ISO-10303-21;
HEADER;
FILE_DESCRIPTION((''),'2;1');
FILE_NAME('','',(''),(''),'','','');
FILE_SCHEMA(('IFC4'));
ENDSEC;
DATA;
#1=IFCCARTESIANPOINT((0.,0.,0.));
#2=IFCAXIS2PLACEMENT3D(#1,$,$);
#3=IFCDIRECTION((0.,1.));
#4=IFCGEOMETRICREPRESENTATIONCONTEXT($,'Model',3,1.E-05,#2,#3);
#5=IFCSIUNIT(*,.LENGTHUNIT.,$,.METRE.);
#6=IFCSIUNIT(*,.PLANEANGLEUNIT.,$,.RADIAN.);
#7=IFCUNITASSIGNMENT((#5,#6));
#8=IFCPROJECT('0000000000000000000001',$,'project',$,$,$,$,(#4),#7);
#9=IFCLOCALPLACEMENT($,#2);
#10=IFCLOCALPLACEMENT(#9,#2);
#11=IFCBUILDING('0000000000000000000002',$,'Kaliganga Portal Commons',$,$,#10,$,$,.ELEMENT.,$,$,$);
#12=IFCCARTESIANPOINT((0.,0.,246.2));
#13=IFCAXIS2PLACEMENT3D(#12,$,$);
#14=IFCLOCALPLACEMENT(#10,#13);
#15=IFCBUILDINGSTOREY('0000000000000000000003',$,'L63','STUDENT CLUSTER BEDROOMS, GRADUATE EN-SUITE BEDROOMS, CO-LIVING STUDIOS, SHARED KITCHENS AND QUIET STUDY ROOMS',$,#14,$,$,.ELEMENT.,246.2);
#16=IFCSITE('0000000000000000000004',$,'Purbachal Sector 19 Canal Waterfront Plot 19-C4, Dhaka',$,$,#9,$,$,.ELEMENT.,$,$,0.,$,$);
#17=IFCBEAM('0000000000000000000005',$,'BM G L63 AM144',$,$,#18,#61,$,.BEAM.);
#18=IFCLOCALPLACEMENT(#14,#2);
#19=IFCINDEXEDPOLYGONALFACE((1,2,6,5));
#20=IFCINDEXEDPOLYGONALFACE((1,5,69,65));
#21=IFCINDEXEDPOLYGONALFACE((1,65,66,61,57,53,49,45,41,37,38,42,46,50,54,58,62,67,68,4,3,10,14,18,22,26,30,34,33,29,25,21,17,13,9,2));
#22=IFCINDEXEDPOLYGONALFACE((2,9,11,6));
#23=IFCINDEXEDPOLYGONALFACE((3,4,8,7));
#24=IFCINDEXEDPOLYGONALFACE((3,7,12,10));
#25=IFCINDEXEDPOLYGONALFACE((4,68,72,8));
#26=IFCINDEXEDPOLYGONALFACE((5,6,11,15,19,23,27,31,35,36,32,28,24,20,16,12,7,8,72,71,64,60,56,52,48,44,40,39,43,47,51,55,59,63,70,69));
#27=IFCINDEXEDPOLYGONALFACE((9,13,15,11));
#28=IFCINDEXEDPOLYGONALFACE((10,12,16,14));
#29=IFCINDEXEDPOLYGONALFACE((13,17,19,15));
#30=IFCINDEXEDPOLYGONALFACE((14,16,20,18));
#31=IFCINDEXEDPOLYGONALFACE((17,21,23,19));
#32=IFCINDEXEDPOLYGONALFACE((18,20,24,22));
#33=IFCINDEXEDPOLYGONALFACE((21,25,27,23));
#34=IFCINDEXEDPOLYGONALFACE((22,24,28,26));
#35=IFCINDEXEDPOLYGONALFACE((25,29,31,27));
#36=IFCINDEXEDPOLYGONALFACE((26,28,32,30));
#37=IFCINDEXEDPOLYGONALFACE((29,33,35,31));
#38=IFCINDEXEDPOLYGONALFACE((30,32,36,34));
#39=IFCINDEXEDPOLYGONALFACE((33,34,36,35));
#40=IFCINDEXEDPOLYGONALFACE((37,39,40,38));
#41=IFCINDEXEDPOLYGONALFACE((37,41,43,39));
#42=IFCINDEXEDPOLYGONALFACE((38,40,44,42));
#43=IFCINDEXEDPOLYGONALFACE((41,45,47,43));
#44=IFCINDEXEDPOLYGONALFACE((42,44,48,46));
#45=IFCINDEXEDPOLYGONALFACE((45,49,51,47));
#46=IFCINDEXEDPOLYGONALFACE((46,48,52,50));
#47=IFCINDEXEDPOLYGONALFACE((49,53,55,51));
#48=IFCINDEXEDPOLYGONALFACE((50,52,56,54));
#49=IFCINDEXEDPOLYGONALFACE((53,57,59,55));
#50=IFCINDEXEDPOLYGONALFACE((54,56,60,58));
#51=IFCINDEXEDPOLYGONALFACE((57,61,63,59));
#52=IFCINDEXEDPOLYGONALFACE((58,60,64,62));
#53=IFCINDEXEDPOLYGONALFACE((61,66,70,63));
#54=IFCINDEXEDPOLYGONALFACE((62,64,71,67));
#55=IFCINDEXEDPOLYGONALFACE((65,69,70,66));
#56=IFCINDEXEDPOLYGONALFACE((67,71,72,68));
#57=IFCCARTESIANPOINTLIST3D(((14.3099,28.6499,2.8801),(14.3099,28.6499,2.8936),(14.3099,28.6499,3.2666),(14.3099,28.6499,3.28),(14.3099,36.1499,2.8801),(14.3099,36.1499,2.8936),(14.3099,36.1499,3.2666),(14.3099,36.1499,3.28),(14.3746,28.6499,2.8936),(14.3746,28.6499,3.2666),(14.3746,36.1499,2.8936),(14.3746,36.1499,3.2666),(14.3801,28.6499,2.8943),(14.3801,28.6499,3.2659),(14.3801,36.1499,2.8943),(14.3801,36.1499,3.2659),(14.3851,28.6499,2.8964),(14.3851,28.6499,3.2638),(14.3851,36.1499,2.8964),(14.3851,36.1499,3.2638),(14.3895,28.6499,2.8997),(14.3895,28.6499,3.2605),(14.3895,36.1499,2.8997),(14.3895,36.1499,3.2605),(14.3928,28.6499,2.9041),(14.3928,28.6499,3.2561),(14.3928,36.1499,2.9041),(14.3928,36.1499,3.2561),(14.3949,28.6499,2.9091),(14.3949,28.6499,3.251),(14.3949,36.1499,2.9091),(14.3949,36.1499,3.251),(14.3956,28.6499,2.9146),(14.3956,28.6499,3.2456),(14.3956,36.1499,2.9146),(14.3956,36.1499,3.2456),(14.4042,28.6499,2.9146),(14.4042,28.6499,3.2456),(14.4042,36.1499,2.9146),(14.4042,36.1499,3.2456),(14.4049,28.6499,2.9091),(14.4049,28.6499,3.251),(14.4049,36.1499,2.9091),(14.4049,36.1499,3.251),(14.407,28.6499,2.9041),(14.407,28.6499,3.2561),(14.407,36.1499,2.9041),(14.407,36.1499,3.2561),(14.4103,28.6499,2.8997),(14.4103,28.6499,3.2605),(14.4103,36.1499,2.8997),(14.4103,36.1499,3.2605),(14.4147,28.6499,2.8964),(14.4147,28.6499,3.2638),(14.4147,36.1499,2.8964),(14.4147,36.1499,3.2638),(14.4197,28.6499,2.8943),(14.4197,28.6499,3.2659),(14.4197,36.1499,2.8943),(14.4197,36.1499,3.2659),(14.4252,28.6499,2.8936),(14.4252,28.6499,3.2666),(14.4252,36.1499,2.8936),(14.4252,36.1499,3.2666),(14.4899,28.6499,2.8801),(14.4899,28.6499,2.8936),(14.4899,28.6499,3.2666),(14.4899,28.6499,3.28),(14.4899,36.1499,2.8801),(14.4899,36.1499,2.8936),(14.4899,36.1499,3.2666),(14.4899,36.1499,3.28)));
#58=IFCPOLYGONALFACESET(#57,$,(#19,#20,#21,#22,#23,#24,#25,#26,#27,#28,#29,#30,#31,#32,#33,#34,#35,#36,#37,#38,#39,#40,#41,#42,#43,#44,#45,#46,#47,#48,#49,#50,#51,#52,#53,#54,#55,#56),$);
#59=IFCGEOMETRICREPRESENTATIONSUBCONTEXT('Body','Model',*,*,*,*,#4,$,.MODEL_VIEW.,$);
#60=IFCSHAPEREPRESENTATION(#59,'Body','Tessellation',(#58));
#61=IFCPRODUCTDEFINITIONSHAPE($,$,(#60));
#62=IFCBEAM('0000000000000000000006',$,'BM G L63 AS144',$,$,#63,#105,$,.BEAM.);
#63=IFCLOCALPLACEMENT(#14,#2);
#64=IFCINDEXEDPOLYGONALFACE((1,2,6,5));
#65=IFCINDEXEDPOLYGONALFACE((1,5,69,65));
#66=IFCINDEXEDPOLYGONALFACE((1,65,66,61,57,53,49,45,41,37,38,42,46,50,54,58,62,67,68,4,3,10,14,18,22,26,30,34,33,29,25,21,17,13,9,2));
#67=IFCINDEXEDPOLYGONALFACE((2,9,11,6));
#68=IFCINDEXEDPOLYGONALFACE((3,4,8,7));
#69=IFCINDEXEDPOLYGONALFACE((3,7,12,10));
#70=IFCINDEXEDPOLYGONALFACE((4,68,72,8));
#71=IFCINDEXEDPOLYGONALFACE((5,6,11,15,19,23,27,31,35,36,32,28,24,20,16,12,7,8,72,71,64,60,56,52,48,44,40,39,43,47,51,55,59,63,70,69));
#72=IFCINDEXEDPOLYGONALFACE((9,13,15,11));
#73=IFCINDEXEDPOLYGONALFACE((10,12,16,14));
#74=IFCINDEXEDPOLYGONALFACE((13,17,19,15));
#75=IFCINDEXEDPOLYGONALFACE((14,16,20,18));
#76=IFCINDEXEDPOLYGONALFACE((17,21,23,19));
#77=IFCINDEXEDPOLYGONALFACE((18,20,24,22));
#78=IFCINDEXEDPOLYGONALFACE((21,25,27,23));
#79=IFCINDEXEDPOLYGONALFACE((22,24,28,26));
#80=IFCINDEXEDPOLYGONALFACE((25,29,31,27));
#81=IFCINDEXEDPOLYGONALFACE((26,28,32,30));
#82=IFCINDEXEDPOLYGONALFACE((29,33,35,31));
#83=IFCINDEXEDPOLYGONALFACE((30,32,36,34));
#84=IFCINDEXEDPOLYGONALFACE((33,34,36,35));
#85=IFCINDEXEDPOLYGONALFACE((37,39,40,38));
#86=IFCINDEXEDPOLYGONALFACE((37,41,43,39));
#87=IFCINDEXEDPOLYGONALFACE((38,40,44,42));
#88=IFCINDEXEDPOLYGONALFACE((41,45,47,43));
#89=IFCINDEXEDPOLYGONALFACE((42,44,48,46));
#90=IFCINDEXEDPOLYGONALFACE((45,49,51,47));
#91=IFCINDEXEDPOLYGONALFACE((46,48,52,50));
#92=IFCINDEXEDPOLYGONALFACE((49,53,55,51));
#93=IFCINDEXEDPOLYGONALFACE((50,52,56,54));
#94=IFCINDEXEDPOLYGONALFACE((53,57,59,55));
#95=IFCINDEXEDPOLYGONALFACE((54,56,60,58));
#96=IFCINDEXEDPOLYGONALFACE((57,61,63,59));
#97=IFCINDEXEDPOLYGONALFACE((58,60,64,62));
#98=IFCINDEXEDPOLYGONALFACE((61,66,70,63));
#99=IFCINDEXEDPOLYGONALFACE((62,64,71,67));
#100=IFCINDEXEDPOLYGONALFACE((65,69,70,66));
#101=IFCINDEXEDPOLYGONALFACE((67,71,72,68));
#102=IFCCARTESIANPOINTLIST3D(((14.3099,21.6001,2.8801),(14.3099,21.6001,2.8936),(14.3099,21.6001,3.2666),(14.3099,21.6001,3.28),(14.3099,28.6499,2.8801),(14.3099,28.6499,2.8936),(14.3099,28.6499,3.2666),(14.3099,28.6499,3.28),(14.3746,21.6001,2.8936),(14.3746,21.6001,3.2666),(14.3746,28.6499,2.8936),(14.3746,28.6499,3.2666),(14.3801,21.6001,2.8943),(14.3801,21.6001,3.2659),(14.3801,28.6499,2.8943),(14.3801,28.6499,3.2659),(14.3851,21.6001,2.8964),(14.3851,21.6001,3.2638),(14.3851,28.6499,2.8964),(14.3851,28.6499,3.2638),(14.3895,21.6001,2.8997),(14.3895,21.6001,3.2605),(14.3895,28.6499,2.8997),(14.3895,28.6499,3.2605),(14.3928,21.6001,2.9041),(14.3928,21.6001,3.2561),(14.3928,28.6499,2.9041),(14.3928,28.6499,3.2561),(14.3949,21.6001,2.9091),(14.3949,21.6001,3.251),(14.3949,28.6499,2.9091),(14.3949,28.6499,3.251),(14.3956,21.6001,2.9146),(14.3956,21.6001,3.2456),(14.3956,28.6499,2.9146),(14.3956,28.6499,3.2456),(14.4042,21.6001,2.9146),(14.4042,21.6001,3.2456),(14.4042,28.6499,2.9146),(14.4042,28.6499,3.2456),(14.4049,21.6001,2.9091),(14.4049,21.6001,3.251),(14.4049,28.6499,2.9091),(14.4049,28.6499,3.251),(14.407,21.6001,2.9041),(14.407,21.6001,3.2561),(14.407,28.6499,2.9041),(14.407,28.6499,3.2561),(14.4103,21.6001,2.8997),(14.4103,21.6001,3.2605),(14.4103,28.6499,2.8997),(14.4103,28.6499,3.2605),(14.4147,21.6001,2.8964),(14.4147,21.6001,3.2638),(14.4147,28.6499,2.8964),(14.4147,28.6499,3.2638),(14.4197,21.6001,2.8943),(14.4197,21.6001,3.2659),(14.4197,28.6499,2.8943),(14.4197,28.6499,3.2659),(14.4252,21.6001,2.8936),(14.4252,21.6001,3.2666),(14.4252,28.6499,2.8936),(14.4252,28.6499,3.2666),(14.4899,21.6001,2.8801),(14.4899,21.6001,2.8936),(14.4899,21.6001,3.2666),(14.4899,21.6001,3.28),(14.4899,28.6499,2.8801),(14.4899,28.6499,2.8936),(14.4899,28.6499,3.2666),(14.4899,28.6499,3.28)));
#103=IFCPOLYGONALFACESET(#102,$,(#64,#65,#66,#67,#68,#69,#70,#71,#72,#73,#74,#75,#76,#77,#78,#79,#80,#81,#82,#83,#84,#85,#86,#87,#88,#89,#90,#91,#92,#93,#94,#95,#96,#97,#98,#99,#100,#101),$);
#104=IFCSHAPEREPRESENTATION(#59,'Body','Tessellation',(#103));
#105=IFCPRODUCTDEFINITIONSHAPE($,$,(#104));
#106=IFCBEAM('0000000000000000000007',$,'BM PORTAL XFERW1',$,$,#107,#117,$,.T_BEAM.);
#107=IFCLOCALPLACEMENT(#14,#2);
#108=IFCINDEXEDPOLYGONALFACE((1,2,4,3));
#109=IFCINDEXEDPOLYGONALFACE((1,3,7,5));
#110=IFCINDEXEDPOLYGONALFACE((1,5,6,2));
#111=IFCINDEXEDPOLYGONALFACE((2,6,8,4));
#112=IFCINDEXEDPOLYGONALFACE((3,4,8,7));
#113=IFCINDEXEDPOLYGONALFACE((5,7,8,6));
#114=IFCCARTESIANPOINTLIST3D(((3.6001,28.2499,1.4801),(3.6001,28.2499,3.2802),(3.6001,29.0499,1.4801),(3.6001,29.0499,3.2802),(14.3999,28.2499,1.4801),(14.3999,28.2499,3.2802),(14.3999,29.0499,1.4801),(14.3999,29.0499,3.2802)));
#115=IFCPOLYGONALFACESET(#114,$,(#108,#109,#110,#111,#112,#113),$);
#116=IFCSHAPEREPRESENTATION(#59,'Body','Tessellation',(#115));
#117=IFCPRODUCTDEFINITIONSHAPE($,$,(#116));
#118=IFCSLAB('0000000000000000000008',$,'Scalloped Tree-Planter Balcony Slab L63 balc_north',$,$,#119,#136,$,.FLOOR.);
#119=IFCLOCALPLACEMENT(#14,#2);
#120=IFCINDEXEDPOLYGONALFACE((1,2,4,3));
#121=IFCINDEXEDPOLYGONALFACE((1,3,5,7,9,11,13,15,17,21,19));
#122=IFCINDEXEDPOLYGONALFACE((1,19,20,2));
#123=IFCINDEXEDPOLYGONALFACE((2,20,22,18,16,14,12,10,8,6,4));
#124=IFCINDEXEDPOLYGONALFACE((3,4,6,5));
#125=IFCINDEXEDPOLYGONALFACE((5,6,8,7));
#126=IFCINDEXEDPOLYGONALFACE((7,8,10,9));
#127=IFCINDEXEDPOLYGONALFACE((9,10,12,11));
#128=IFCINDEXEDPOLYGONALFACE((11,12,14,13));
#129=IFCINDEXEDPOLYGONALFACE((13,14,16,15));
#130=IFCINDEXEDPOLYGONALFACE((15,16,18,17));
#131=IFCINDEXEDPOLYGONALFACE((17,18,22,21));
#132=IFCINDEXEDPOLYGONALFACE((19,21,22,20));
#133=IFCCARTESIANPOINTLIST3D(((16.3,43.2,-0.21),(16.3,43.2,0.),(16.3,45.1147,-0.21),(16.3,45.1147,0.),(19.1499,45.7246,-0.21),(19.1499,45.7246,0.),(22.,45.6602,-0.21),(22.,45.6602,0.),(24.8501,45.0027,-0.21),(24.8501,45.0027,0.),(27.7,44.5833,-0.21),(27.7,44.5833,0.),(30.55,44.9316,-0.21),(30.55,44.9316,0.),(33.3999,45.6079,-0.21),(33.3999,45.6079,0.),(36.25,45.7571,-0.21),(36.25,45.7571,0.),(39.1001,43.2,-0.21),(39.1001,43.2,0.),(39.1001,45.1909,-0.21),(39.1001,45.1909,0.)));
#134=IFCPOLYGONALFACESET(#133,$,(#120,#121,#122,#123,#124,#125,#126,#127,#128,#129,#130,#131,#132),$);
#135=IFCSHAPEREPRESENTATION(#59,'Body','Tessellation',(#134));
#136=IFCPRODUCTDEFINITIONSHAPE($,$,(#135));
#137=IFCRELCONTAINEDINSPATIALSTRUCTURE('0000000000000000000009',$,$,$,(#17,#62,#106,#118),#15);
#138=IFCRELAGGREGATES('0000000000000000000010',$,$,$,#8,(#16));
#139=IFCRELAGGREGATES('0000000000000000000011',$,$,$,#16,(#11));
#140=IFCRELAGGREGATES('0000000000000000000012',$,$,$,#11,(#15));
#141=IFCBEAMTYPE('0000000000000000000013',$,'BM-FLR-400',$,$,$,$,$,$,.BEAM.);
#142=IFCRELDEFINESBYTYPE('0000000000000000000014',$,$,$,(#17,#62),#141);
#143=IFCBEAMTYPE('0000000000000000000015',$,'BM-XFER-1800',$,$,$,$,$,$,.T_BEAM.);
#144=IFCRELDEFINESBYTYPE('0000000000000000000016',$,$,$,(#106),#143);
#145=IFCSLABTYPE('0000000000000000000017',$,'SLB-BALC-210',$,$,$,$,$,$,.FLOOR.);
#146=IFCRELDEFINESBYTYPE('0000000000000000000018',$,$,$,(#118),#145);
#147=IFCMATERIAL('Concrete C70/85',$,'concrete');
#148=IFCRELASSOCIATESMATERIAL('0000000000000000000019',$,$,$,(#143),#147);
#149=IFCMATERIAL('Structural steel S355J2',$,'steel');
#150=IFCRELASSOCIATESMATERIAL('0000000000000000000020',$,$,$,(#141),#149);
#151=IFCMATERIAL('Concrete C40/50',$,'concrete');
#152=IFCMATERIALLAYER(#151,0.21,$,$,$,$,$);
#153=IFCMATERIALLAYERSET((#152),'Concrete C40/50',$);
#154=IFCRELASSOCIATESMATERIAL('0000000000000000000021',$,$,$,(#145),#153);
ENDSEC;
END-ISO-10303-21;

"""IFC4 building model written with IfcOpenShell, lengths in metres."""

from ifc_helpers import new_model, si_unit, direction, frame, origin, origin_2d, place, context, subcontext, project, spatial, polyline, rectangle, i_section, outline, extrude, source, transform, mapped, material, layer, layer_set, material_profile, profile_set, type_object, element, save


model = new_model("IFC4")

# Units and contexts
model_context = context("Model", 3, precision=1e-05, world=origin(), true_north=direction((0.0, 1.0)))
body_context = subcontext(model_context, "Body", "Model", "MODEL_VIEW")
ifc_project = project(units=[si_unit("LENGTHUNIT", "METRE"), si_unit("PLANEANGLEUNIT", "RADIAN")], contexts=[model_context])

# Site, building, storey
site_placement = place(None, origin())
site = spatial("IfcSite", under=ifc_project, at=site_placement, Name="Purbachal Sector 19 Canal Waterfront Plot 19-C4, Dhaka", CompositionType="ELEMENT", RefElevation=0.0)
building_placement = place(site_placement, origin())
building = spatial("IfcBuilding", under=site, at=building_placement, Name="Kaliganga Portal Commons", CompositionType="ELEMENT")
storey_placement = place(building_placement, frame((0.0, 0.0, 246.2)))
storey = spatial("IfcBuildingStorey", under=building, at=storey_placement, Name="L63", Description="STUDENT CLUSTER BEDROOMS, GRADUATE EN-SUITE BEDROOMS, CO-LIVING STUDIOS, SHARED KITCHENS AND QUIET STUDY ROOMS", CompositionType="ELEMENT", Elevation=246.2)

# Shared definitions
ifc_material_1 = material(Name="Structural steel S355J2", Category="steel")

# Beams
ifc_material_2 = material(Name="Concrete C70/85", Category="concrete")
ifc_material_profile_1 = material_profile(ifc_material_2, rectangle(XDim=0.8, YDim=1.8, at=origin_2d()), Name="RC 800x1800")
ifc_profile_set_1 = profile_set([ifc_material_profile_1], Name="Concrete C70/85")
beam_type_1 = type_object("IfcBeamType", Name="BM-XFER-1800", PredefinedType="T_BEAM", material=ifc_profile_set_1)
ifc_material_profile_2 = material_profile(ifc_material_1, i_section(OverallWidth=0.1799, OverallDepth=0.3999, WebThickness=0.0085, FlangeThickness=0.0134, FilletRadius=0.021, at=origin_2d()), Name="IPE 400")
ifc_profile_set_2 = profile_set([ifc_material_profile_2], Name="Structural steel S355J2 wide-flange")
beam_type_2 = type_object("IfcBeamType", Name="BM-FLR-400", PredefinedType="BEAM", material=ifc_profile_set_2)
shared_shape_1 = source(origin(), body_context, "Body", "SweptSolid", [
    extrude(i_section(OverallWidth=0.1799, OverallDepth=0.3999, WebThickness=0.0085, FlangeThickness=0.0134, FilletRadius=0.021, at=origin_2d()), origin(), (0.0, 0.0, 1.0), 7.5),
])
for number, where, z_axis, x_axis, name in (
    (1, (14.3999, 28.6499, 3.0801), (0.0, 1.0, 0.0), (-1.0, 0.0, 0.0), "BM G L63 AM144"),
):
    element("IfcBeam", number, at=place(storey_placement, frame(where, z_axis=z_axis, x_axis=x_axis)), inside=storey, type_object=beam_type_2, Name=name, PredefinedType="BEAM", context=body_context, shape_type="MappedRepresentation", body=[
        mapped(shared_shape_1, transform((0.0, 0.0, 0.0), x_axis=(1.0, 0.0, 0.0), y_axis=(0.0, 1.0, 0.0), z_axis=(0.0, 0.0, 1.0), scale=1.0)),
    ])
shared_shape_2 = source(origin(), body_context, "Body", "SweptSolid", [
    extrude(i_section(OverallWidth=0.1799, OverallDepth=0.3999, WebThickness=0.0085, FlangeThickness=0.0134, FilletRadius=0.021, at=origin_2d()), origin(), (0.0, 0.0, 1.0), 7.0498),
])
beam_1_placement = place(storey_placement, frame((14.3999, 21.6001, 3.0801), z_axis=(0.0, 1.0, 0.0), x_axis=(-1.0, 0.0, 0.0)))
element("IfcBeam", 2, at=beam_1_placement, inside=storey, type_object=beam_type_2, Name="BM G L63 AS144", PredefinedType="BEAM", context=body_context, shape_type="MappedRepresentation", body=[
    mapped(shared_shape_2, transform((0.0, 0.0, 0.0), x_axis=(1.0, 0.0, 0.0), y_axis=(0.0, 1.0, 0.0), z_axis=(0.0, 0.0, 1.0), scale=1.0)),
])
shared_shape_3 = source(origin(), body_context, "Body", "SweptSolid", [
    extrude(rectangle(XDim=0.8, YDim=1.8, at=origin_2d()), origin(), (0.0, 0.0, 1.0), 10.7998),
])
beam_2_placement = place(storey_placement, frame((3.6001, 28.6499, 2.3801), z_axis=(1.0, 0.0, 0.0), x_axis=(0.0, 1.0, 0.0)))
element("IfcBeam", 3, at=beam_2_placement, inside=storey, type_object=beam_type_1, Name="BM PORTAL XFERW1", PredefinedType="T_BEAM", context=body_context, shape_type="MappedRepresentation", body=[
    mapped(shared_shape_3, transform((0.0, 0.0, 0.0), x_axis=(1.0, 0.0, 0.0), y_axis=(0.0, 1.0, 0.0), z_axis=(0.0, 0.0, 1.0), scale=1.0)),
])

# Slab
ifc_material_3 = material(Name="Concrete C40/50", Category="concrete")
ifc_layer_1 = layer(ifc_material_3, 0.21)
ifc_layer_set_1 = layer_set([ifc_layer_1], Name="Concrete C40/50")
slab_type_1 = type_object("IfcSlabType", Name="SLB-BALC-210", PredefinedType="FLOOR", material=ifc_layer_set_1)
slab_1_placement = place(storey_placement, frame((0.0, 0.0, -0.21)))
element("IfcSlab", 4, at=slab_1_placement, inside=storey, type_object=slab_type_1, Name="Scalloped Tree-Planter Balcony Slab L63 balc_north", PredefinedType="FLOOR", context=body_context, shape_type="SweptSolid", body=[
    extrude(outline(polyline([(39.1001, 43.2), (39.1001, 45.1909), (36.25, 45.7571), (33.3999, 45.6079), (30.55, 44.9316), (27.7, 44.5833), (24.8501, 45.0027), (22.0, 45.6602), (19.1499, 45.7246), (16.3, 45.1147), (16.3, 43.2), (39.1001, 43.2)])), origin(), (0.0, 0.0, 1.0), 0.21),
])

save(model, "model.ifc")
